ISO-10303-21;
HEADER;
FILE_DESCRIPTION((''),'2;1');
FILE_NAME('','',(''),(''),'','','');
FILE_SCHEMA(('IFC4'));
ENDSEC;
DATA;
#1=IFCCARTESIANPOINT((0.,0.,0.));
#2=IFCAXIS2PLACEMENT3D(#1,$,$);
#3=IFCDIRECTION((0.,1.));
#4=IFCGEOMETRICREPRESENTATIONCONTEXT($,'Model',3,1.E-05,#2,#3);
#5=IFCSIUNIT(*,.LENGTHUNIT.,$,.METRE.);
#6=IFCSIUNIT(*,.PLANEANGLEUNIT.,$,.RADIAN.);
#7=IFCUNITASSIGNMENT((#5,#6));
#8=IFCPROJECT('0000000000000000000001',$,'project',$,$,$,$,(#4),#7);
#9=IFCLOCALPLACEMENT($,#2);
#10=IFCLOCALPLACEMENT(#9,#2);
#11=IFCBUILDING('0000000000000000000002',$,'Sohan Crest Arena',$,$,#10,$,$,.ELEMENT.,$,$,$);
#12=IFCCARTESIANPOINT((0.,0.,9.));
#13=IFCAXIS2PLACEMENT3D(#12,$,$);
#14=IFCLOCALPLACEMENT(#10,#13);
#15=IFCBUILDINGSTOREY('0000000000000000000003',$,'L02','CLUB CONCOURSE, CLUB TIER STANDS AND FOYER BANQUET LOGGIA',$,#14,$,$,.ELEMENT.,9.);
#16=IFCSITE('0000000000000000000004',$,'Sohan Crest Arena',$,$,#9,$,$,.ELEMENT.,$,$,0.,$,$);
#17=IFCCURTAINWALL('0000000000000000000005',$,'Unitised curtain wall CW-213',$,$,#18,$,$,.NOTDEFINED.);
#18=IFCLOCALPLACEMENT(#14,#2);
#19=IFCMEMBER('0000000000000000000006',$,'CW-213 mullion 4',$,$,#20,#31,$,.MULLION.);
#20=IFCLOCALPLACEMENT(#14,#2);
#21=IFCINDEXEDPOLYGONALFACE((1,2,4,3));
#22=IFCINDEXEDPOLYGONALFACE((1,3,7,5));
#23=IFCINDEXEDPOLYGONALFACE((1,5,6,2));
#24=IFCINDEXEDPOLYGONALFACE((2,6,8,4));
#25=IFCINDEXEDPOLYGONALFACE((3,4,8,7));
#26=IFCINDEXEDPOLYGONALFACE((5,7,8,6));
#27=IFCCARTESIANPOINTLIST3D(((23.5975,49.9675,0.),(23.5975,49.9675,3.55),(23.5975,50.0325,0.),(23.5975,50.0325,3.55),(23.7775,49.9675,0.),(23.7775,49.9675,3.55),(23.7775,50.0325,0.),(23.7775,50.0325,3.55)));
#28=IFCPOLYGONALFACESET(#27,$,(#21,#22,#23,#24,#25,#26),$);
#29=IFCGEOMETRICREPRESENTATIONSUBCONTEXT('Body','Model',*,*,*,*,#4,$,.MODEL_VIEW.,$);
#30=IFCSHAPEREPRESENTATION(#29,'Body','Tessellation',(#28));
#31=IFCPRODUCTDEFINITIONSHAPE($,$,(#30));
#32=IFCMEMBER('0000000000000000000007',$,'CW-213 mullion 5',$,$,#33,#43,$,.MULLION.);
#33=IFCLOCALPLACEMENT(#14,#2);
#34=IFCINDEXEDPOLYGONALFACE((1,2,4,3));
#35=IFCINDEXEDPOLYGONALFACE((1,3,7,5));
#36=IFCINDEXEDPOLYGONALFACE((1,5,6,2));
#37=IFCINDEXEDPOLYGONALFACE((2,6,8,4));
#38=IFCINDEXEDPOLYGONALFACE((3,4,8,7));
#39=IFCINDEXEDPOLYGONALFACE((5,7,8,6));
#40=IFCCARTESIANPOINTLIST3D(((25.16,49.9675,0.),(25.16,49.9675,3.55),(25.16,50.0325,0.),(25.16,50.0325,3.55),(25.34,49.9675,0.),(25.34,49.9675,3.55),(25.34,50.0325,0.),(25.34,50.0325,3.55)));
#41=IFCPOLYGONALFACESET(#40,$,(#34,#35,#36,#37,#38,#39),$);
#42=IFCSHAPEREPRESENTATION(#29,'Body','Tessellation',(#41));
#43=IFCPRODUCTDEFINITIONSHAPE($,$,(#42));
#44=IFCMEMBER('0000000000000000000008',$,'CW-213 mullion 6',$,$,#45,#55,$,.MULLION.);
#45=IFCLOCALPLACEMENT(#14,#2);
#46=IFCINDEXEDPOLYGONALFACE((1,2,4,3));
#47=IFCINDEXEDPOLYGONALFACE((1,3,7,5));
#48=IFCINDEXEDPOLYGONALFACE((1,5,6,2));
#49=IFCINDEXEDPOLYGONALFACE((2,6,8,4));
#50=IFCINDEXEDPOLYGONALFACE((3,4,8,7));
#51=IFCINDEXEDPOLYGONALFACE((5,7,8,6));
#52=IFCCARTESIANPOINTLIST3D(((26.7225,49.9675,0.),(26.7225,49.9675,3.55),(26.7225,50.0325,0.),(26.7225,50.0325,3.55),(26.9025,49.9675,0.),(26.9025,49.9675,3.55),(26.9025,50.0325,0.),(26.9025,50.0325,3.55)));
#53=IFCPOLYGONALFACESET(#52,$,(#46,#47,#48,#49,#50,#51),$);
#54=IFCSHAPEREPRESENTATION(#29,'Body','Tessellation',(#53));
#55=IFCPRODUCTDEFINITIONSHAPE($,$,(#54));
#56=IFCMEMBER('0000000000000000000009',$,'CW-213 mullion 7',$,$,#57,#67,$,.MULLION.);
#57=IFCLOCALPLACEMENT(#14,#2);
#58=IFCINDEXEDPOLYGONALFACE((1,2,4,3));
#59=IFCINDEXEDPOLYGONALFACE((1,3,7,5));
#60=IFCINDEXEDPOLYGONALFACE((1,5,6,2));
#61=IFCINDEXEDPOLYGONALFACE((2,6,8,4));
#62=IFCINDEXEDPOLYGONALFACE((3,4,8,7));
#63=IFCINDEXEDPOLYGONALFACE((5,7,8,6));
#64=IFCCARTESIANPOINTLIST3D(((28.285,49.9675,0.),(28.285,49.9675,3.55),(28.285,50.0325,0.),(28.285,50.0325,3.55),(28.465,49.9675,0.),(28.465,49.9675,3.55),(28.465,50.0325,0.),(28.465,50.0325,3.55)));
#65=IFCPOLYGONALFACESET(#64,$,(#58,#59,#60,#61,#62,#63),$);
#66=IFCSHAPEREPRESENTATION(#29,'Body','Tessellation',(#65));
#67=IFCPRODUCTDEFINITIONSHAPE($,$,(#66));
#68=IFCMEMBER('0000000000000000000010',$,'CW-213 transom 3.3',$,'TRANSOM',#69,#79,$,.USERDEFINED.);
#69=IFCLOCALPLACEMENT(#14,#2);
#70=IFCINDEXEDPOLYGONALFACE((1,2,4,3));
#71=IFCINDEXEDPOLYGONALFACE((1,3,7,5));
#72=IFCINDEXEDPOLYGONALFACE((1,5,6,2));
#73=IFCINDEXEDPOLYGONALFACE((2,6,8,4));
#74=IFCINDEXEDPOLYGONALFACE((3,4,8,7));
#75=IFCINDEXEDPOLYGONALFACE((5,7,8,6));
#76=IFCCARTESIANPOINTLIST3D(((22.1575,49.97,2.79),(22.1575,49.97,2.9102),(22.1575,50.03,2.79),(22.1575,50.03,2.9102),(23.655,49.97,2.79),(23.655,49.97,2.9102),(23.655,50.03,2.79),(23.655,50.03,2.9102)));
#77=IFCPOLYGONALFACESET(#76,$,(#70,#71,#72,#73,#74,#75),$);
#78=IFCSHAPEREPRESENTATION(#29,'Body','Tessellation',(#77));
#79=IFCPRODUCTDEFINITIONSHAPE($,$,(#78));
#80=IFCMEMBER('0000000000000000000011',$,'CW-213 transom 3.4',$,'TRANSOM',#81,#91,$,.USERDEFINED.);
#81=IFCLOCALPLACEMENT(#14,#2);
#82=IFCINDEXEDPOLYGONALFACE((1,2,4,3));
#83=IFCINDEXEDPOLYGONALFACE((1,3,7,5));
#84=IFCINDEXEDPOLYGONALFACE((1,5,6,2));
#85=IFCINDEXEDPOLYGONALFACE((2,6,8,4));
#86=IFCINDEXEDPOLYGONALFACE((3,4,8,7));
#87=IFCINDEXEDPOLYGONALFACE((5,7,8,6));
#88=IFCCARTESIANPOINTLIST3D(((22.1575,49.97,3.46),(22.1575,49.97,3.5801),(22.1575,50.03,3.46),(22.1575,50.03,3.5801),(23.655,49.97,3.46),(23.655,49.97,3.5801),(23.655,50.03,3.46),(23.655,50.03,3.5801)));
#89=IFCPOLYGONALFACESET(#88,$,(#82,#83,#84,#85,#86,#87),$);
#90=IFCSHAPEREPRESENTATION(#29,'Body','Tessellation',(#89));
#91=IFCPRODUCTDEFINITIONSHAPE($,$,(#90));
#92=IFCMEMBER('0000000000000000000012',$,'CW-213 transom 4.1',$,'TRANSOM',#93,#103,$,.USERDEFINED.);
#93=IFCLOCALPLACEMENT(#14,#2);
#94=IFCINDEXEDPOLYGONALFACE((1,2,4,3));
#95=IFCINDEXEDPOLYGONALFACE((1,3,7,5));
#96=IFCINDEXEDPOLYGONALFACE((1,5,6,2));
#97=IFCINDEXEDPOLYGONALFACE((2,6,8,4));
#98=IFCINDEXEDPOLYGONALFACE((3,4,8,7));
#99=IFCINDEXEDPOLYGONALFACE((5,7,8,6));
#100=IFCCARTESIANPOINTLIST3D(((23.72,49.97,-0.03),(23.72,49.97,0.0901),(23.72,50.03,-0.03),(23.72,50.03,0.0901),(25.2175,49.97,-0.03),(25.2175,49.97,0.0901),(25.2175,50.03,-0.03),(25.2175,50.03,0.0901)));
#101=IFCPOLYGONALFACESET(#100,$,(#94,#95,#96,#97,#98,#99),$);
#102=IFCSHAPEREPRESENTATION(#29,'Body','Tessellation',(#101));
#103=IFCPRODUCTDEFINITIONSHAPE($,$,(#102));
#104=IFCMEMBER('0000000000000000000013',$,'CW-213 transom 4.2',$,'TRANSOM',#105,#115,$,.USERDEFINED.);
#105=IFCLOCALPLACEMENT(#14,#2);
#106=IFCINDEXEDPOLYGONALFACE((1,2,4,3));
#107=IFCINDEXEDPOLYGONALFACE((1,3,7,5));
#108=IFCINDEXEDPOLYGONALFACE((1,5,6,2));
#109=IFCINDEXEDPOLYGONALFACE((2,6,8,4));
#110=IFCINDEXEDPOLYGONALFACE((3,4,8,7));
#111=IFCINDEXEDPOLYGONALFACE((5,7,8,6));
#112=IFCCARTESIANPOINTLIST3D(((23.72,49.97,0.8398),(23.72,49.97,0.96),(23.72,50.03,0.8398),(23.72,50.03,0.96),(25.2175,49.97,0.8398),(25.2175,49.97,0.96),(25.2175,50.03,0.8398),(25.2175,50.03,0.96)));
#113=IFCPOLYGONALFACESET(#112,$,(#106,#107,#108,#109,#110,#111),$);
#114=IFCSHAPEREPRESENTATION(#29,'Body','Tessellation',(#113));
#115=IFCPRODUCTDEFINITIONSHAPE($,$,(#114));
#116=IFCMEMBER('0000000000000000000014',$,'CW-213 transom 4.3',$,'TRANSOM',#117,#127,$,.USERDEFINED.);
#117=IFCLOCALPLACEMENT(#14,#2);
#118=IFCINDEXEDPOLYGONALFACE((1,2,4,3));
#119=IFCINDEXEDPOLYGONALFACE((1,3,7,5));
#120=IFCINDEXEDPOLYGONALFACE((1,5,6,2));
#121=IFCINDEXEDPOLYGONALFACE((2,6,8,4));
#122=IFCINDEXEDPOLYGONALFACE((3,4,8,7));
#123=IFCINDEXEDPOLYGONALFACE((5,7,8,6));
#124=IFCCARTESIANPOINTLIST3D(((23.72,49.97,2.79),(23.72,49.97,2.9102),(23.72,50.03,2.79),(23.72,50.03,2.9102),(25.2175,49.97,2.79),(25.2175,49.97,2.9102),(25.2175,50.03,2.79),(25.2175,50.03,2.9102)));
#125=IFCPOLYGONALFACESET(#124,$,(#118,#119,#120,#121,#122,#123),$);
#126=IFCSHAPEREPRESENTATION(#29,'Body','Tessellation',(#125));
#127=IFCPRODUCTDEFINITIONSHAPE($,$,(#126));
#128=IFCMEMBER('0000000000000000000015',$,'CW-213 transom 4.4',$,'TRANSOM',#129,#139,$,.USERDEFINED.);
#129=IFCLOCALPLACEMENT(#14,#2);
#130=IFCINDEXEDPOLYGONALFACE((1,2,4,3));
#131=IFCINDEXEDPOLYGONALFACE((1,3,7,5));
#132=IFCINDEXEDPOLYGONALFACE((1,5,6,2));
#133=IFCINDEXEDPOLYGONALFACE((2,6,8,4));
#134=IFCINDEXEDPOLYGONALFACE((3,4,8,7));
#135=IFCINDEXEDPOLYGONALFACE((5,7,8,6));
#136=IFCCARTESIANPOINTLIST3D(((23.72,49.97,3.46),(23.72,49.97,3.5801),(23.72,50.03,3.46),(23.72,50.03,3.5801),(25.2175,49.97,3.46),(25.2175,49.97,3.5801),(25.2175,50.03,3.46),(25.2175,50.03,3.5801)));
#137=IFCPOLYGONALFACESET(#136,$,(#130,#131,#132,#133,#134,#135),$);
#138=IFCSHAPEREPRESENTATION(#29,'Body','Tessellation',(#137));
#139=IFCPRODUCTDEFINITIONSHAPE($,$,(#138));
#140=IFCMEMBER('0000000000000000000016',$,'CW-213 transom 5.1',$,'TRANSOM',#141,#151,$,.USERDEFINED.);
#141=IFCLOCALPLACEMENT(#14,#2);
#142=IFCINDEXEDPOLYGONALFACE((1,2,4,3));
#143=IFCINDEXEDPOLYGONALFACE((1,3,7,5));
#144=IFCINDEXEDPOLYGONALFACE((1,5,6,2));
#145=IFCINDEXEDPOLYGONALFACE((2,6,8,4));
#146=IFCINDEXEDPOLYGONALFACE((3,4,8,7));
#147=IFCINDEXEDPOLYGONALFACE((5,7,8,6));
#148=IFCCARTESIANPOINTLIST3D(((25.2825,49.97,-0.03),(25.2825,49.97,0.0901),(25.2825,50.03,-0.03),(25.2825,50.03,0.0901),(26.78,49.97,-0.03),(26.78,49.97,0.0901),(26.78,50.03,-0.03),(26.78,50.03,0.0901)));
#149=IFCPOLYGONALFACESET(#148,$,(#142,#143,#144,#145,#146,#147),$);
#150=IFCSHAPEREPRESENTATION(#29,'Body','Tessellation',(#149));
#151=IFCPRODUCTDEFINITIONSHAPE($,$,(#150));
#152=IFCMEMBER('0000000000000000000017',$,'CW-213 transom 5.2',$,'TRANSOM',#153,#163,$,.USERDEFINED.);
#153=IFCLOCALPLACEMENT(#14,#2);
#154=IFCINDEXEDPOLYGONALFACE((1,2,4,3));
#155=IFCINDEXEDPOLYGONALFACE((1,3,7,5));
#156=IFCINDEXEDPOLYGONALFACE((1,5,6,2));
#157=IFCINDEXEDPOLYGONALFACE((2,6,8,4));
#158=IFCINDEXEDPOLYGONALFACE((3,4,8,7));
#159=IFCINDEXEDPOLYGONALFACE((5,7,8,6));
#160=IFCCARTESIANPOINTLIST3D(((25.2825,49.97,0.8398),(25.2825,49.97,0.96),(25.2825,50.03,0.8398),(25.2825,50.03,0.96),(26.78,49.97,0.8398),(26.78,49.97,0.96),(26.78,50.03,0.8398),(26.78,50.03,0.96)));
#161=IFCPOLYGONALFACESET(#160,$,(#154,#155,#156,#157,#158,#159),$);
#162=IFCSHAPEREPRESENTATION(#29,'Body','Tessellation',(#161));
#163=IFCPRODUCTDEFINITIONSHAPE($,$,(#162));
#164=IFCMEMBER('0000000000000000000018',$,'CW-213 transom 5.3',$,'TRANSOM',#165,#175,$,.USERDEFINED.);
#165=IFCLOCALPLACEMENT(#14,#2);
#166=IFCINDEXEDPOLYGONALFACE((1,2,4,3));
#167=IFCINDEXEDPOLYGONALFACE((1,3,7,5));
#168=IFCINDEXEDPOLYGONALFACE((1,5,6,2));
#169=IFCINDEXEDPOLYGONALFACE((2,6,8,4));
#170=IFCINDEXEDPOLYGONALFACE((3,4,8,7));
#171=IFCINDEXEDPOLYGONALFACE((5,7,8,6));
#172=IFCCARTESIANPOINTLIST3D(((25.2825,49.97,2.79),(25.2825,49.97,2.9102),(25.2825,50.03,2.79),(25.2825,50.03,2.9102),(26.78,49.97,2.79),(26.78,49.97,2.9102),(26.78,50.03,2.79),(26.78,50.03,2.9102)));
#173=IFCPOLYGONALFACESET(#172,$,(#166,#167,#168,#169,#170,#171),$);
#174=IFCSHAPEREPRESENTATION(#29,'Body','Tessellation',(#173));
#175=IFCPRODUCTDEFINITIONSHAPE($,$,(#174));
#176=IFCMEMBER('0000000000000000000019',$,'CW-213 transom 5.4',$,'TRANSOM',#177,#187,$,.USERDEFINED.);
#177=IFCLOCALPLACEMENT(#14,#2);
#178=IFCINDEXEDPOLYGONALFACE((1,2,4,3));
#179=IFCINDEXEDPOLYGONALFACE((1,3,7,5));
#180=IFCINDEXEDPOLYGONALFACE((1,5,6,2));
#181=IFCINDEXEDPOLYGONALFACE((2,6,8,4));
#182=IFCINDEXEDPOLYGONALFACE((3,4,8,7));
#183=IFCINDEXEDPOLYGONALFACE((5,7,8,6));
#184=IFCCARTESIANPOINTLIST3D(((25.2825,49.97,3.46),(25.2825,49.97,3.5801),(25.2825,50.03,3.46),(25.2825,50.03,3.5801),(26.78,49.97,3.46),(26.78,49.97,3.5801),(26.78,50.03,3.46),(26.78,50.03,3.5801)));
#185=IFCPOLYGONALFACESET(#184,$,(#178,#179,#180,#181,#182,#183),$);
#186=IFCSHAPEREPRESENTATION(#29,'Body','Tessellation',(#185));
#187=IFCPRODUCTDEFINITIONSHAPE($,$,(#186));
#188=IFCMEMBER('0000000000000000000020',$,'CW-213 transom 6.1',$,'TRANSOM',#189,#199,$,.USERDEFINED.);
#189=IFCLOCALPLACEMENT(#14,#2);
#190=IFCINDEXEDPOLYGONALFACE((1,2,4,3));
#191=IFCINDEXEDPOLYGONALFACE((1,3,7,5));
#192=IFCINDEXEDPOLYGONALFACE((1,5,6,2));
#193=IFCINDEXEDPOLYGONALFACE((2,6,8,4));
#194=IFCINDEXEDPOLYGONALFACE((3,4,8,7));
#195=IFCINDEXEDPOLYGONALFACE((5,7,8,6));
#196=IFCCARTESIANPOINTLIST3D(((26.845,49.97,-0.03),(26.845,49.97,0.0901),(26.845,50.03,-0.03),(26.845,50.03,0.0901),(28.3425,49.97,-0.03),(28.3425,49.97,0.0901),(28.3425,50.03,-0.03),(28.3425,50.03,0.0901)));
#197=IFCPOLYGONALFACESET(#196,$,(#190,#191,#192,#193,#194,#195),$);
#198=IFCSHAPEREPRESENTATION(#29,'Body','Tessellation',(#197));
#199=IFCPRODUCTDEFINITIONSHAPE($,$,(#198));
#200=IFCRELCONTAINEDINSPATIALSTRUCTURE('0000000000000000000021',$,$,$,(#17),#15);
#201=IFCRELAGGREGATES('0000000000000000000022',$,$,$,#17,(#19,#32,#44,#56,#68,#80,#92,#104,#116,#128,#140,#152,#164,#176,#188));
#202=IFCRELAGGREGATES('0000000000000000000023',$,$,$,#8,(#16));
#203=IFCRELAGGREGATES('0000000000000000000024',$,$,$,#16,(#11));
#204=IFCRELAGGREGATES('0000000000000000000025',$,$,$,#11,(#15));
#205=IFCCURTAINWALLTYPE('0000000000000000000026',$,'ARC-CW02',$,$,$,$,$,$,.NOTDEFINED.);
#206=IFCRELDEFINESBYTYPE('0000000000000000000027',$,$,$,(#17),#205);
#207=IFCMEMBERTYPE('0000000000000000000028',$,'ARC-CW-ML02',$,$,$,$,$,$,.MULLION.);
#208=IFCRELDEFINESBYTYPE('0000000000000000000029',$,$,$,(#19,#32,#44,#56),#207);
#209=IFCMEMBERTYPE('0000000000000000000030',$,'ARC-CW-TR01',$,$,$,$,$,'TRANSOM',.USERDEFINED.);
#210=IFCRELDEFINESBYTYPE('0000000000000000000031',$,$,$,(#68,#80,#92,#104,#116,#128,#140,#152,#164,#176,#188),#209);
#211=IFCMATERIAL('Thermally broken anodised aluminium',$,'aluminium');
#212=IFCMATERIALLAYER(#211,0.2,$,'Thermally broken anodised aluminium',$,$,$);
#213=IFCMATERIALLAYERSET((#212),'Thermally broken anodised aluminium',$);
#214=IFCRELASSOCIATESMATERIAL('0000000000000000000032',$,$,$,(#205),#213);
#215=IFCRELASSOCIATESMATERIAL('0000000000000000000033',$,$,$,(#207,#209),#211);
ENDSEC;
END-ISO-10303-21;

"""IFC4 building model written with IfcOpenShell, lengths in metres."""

from ifc_helpers import new_model, si_unit, direction, frame, origin, origin_2d, place, context, subcontext, project, spatial, rectangle, extrude, material, layer, layer_set, material_profile, profile_set, type_object, element, aggregate, save


model = new_model("IFC4")

# Units and contexts
model_context = context("Model", 3, precision=1e-05, world=origin(), true_north=direction((0.0, 1.0)))
body_context = subcontext(model_context, "Body", "Model", "MODEL_VIEW")
ifc_project = project(units=[si_unit("LENGTHUNIT", "METRE"), si_unit("PLANEANGLEUNIT", "RADIAN")], contexts=[model_context])

# Site, building, storey
site_placement = place(None, origin())
site = spatial("IfcSite", under=ifc_project, at=site_placement, Name="Sohan Crest Arena", CompositionType="ELEMENT", RefElevation=0.0)
building_placement = place(site_placement, origin())
building = spatial("IfcBuilding", under=site, at=building_placement, Name="Sohan Crest Arena", CompositionType="ELEMENT")
storey_placement = place(building_placement, frame((0.0, 0.0, 9.0)))
storey = spatial("IfcBuildingStorey", under=building, at=storey_placement, Name="L02", Description="CLUB CONCOURSE, CLUB TIER STANDS AND FOYER BANQUET LOGGIA", CompositionType="ELEMENT", Elevation=9.0)

# Curtain wall, members
ifc_material_1 = material(Name="Thermally broken anodised aluminium", Category="aluminium")
ifc_layer_1 = layer(ifc_material_1, 0.2, Name="Thermally broken anodised aluminium")
ifc_layer_set_1 = layer_set([ifc_layer_1], Name="Thermally broken anodised aluminium")
curtain_wall_type = type_object("IfcCurtainWallType", Name="ARC-CW02", PredefinedType="NOTDEFINED", material=ifc_layer_set_1)
curtain_wall_placement = place(storey_placement, origin())
curtain_wall = element("IfcCurtainWall", 1, at=curtain_wall_placement, inside=storey, type_object=curtain_wall_type, Name="Unitised curtain wall CW-213", PredefinedType="NOTDEFINED")
ifc_material_profile_1 = material_profile(ifc_material_1, rectangle(XDim=0.0649, YDim=0.1799, at=origin_2d()), Name="ALU-MULL 65x180")
ifc_profile_set_1 = profile_set([ifc_material_profile_1], Name="Thermally broken anodised aluminium")
member_type_1 = type_object("IfcMemberType", Name="ARC-CW-ML02", PredefinedType="MULLION", material=ifc_profile_set_1)
member_1_placement = place(storey_placement, frame((23.6875, 50.0, 0.0), z_axis=(0.0, 0.0, 1.0), x_axis=(0.0, 1.0, 0.0)))
member_1 = element("IfcMember", 2, at=member_1_placement, type_object=member_type_1, Name="CW-213 mullion 4", PredefinedType="MULLION", context=body_context, shape_type="SweptSolid", body=[
    extrude(rectangle(XDim=0.0649, YDim=0.1799, at=origin_2d()), origin(), (0.0, 0.0, 1.0), 3.55),
])
member_2_placement = place(storey_placement, frame((25.25, 50.0, 0.0), z_axis=(0.0, 0.0, 1.0), x_axis=(0.0, 1.0, 0.0)))
member_2 = element("IfcMember", 3, at=member_2_placement, type_object=member_type_1, Name="CW-213 mullion 5", PredefinedType="MULLION", context=body_context, shape_type="SweptSolid", body=[
    extrude(rectangle(XDim=0.0649, YDim=0.1799, at=origin_2d()), origin(), (0.0, 0.0, 1.0), 3.55),
])
member_3_placement = place(storey_placement, frame((26.8125, 50.0, 0.0), z_axis=(0.0, 0.0, 1.0), x_axis=(0.0, 1.0, 0.0)))
member_3 = element("IfcMember", 4, at=member_3_placement, type_object=member_type_1, Name="CW-213 mullion 6", PredefinedType="MULLION", context=body_context, shape_type="SweptSolid", body=[
    extrude(rectangle(XDim=0.0649, YDim=0.1799, at=origin_2d()), origin(), (0.0, 0.0, 1.0), 3.55),
])
member_4_placement = place(storey_placement, frame((28.375, 50.0, 0.0), z_axis=(0.0, 0.0, 1.0), x_axis=(0.0, 1.0, 0.0)))
member_4 = element("IfcMember", 5, at=member_4_placement, type_object=member_type_1, Name="CW-213 mullion 7", PredefinedType="MULLION", context=body_context, shape_type="SweptSolid", body=[
    extrude(rectangle(XDim=0.0649, YDim=0.1799, at=origin_2d()), origin(), (0.0, 0.0, 1.0), 3.55),
])
ifc_material_profile_2 = material_profile(ifc_material_1, rectangle(XDim=0.0601, YDim=0.1201, at=origin_2d()), Name="ALU-TRAN 60x120")
ifc_profile_set_2 = profile_set([ifc_material_profile_2], Name="Thermally broken anodised aluminium")
member_type_2 = type_object("IfcMemberType", Name="ARC-CW-TR01", ElementType="TRANSOM", PredefinedType="USERDEFINED", material=ifc_profile_set_2)
member_5_placement = place(storey_placement, frame((22.1575, 50.0, 2.8501), z_axis=(1.0, 0.0, 0.0), x_axis=(0.0, 1.0, 0.0)))
member_5 = element("IfcMember", 6, at=member_5_placement, type_object=member_type_2, Name="CW-213 transom 3.3", ObjectType="TRANSOM", PredefinedType="USERDEFINED", context=body_context, shape_type="SweptSolid", body=[
    extrude(rectangle(XDim=0.0601, YDim=0.1201, at=origin_2d()), origin(), (0.0, 0.0, 1.0), 1.4976),
])
member_6_placement = place(storey_placement, frame((22.1575, 50.0, 3.52), z_axis=(1.0, 0.0, 0.0), x_axis=(0.0, 1.0, 0.0)))
member_6 = element("IfcMember", 7, at=member_6_placement, type_object=member_type_2, Name="CW-213 transom 3.4", ObjectType="TRANSOM", PredefinedType="USERDEFINED", context=body_context, shape_type="SweptSolid", body=[
    extrude(rectangle(XDim=0.0601, YDim=0.1201, at=origin_2d()), origin(), (0.0, 0.0, 1.0), 1.4976),
])
member_7_placement = place(storey_placement, frame((23.72, 50.0, 0.03), z_axis=(1.0, 0.0, 0.0), x_axis=(0.0, 1.0, 0.0)))
member_7 = element("IfcMember", 8, at=member_7_placement, type_object=member_type_2, Name="CW-213 transom 4.1", ObjectType="TRANSOM", PredefinedType="USERDEFINED", context=body_context, shape_type="SweptSolid", body=[
    extrude(rectangle(XDim=0.0601, YDim=0.1201, at=origin_2d()), origin(), (0.0, 0.0, 1.0), 1.4976),
])
member_8_placement = place(storey_placement, frame((23.72, 50.0, 0.8999), z_axis=(1.0, 0.0, 0.0), x_axis=(0.0, 1.0, 0.0)))
member_8 = element("IfcMember", 9, at=member_8_placement, type_object=member_type_2, Name="CW-213 transom 4.2", ObjectType="TRANSOM", PredefinedType="USERDEFINED", context=body_context, shape_type="SweptSolid", body=[
    extrude(rectangle(XDim=0.0601, YDim=0.1201, at=origin_2d()), origin(), (0.0, 0.0, 1.0), 1.4976),
])
member_9_placement = place(storey_placement, frame((23.72, 50.0, 2.8501), z_axis=(1.0, 0.0, 0.0), x_axis=(0.0, 1.0, 0.0)))
member_9 = element("IfcMember", 10, at=member_9_placement, type_object=member_type_2, Name="CW-213 transom 4.3", ObjectType="TRANSOM", PredefinedType="USERDEFINED", context=body_context, shape_type="SweptSolid", body=[
    extrude(rectangle(XDim=0.0601, YDim=0.1201, at=origin_2d()), origin(), (0.0, 0.0, 1.0), 1.4976),
])
member_10_placement = place(storey_placement, frame((23.72, 50.0, 3.52), z_axis=(1.0, 0.0, 0.0), x_axis=(0.0, 1.0, 0.0)))
member_10 = element("IfcMember", 11, at=member_10_placement, type_object=member_type_2, Name="CW-213 transom 4.4", ObjectType="TRANSOM", PredefinedType="USERDEFINED", context=body_context, shape_type="SweptSolid", body=[
    extrude(rectangle(XDim=0.0601, YDim=0.1201, at=origin_2d()), origin(), (0.0, 0.0, 1.0), 1.4976),
])
member_11_placement = place(storey_placement, frame((25.2825, 50.0, 0.03), z_axis=(1.0, 0.0, 0.0), x_axis=(0.0, 1.0, 0.0)))
member_11 = element("IfcMember", 12, at=member_11_placement, type_object=member_type_2, Name="CW-213 transom 5.1", ObjectType="TRANSOM", PredefinedType="USERDEFINED", context=body_context, shape_type="SweptSolid", body=[
    extrude(rectangle(XDim=0.0601, YDim=0.1201, at=origin_2d()), origin(), (0.0, 0.0, 1.0), 1.4976),
])
member_12_placement = place(storey_placement, frame((25.2825, 50.0, 0.8999), z_axis=(1.0, 0.0, 0.0), x_axis=(0.0, 1.0, 0.0)))
member_12 = element("IfcMember", 13, at=member_12_placement, type_object=member_type_2, Name="CW-213 transom 5.2", ObjectType="TRANSOM", PredefinedType="USERDEFINED", context=body_context, shape_type="SweptSolid", body=[
    extrude(rectangle(XDim=0.0601, YDim=0.1201, at=origin_2d()), origin(), (0.0, 0.0, 1.0), 1.4976),
])
member_13_placement = place(storey_placement, frame((25.2825, 50.0, 2.8501), z_axis=(1.0, 0.0, 0.0), x_axis=(0.0, 1.0, 0.0)))
member_13 = element("IfcMember", 14, at=member_13_placement, type_object=member_type_2, Name="CW-213 transom 5.3", ObjectType="TRANSOM", PredefinedType="USERDEFINED", context=body_context, shape_type="SweptSolid", body=[
    extrude(rectangle(XDim=0.0601, YDim=0.1201, at=origin_2d()), origin(), (0.0, 0.0, 1.0), 1.4976),
])
member_14_placement = place(storey_placement, frame((25.2825, 50.0, 3.52), z_axis=(1.0, 0.0, 0.0), x_axis=(0.0, 1.0, 0.0)))
member_14 = element("IfcMember", 15, at=member_14_placement, type_object=member_type_2, Name="CW-213 transom 5.4", ObjectType="TRANSOM", PredefinedType="USERDEFINED", context=body_context, shape_type="SweptSolid", body=[
    extrude(rectangle(XDim=0.0601, YDim=0.1201, at=origin_2d()), origin(), (0.0, 0.0, 1.0), 1.4976),
])
member_15_placement = place(storey_placement, frame((26.845, 50.0, 0.03), z_axis=(1.0, 0.0, 0.0), x_axis=(0.0, 1.0, 0.0)))
member_15 = element("IfcMember", 16, at=member_15_placement, type_object=member_type_2, Name="CW-213 transom 6.1", ObjectType="TRANSOM", PredefinedType="USERDEFINED", context=body_context, shape_type="SweptSolid", body=[
    extrude(rectangle(XDim=0.0601, YDim=0.1201, at=origin_2d()), origin(), (0.0, 0.0, 1.0), 1.4976),
])
aggregate(curtain_wall, [member_1, member_2, member_3, member_4, member_5, member_6, member_7, member_8, member_9, member_10, member_11, member_12, member_13, member_14, member_15])

save(model, "model.ifc")
